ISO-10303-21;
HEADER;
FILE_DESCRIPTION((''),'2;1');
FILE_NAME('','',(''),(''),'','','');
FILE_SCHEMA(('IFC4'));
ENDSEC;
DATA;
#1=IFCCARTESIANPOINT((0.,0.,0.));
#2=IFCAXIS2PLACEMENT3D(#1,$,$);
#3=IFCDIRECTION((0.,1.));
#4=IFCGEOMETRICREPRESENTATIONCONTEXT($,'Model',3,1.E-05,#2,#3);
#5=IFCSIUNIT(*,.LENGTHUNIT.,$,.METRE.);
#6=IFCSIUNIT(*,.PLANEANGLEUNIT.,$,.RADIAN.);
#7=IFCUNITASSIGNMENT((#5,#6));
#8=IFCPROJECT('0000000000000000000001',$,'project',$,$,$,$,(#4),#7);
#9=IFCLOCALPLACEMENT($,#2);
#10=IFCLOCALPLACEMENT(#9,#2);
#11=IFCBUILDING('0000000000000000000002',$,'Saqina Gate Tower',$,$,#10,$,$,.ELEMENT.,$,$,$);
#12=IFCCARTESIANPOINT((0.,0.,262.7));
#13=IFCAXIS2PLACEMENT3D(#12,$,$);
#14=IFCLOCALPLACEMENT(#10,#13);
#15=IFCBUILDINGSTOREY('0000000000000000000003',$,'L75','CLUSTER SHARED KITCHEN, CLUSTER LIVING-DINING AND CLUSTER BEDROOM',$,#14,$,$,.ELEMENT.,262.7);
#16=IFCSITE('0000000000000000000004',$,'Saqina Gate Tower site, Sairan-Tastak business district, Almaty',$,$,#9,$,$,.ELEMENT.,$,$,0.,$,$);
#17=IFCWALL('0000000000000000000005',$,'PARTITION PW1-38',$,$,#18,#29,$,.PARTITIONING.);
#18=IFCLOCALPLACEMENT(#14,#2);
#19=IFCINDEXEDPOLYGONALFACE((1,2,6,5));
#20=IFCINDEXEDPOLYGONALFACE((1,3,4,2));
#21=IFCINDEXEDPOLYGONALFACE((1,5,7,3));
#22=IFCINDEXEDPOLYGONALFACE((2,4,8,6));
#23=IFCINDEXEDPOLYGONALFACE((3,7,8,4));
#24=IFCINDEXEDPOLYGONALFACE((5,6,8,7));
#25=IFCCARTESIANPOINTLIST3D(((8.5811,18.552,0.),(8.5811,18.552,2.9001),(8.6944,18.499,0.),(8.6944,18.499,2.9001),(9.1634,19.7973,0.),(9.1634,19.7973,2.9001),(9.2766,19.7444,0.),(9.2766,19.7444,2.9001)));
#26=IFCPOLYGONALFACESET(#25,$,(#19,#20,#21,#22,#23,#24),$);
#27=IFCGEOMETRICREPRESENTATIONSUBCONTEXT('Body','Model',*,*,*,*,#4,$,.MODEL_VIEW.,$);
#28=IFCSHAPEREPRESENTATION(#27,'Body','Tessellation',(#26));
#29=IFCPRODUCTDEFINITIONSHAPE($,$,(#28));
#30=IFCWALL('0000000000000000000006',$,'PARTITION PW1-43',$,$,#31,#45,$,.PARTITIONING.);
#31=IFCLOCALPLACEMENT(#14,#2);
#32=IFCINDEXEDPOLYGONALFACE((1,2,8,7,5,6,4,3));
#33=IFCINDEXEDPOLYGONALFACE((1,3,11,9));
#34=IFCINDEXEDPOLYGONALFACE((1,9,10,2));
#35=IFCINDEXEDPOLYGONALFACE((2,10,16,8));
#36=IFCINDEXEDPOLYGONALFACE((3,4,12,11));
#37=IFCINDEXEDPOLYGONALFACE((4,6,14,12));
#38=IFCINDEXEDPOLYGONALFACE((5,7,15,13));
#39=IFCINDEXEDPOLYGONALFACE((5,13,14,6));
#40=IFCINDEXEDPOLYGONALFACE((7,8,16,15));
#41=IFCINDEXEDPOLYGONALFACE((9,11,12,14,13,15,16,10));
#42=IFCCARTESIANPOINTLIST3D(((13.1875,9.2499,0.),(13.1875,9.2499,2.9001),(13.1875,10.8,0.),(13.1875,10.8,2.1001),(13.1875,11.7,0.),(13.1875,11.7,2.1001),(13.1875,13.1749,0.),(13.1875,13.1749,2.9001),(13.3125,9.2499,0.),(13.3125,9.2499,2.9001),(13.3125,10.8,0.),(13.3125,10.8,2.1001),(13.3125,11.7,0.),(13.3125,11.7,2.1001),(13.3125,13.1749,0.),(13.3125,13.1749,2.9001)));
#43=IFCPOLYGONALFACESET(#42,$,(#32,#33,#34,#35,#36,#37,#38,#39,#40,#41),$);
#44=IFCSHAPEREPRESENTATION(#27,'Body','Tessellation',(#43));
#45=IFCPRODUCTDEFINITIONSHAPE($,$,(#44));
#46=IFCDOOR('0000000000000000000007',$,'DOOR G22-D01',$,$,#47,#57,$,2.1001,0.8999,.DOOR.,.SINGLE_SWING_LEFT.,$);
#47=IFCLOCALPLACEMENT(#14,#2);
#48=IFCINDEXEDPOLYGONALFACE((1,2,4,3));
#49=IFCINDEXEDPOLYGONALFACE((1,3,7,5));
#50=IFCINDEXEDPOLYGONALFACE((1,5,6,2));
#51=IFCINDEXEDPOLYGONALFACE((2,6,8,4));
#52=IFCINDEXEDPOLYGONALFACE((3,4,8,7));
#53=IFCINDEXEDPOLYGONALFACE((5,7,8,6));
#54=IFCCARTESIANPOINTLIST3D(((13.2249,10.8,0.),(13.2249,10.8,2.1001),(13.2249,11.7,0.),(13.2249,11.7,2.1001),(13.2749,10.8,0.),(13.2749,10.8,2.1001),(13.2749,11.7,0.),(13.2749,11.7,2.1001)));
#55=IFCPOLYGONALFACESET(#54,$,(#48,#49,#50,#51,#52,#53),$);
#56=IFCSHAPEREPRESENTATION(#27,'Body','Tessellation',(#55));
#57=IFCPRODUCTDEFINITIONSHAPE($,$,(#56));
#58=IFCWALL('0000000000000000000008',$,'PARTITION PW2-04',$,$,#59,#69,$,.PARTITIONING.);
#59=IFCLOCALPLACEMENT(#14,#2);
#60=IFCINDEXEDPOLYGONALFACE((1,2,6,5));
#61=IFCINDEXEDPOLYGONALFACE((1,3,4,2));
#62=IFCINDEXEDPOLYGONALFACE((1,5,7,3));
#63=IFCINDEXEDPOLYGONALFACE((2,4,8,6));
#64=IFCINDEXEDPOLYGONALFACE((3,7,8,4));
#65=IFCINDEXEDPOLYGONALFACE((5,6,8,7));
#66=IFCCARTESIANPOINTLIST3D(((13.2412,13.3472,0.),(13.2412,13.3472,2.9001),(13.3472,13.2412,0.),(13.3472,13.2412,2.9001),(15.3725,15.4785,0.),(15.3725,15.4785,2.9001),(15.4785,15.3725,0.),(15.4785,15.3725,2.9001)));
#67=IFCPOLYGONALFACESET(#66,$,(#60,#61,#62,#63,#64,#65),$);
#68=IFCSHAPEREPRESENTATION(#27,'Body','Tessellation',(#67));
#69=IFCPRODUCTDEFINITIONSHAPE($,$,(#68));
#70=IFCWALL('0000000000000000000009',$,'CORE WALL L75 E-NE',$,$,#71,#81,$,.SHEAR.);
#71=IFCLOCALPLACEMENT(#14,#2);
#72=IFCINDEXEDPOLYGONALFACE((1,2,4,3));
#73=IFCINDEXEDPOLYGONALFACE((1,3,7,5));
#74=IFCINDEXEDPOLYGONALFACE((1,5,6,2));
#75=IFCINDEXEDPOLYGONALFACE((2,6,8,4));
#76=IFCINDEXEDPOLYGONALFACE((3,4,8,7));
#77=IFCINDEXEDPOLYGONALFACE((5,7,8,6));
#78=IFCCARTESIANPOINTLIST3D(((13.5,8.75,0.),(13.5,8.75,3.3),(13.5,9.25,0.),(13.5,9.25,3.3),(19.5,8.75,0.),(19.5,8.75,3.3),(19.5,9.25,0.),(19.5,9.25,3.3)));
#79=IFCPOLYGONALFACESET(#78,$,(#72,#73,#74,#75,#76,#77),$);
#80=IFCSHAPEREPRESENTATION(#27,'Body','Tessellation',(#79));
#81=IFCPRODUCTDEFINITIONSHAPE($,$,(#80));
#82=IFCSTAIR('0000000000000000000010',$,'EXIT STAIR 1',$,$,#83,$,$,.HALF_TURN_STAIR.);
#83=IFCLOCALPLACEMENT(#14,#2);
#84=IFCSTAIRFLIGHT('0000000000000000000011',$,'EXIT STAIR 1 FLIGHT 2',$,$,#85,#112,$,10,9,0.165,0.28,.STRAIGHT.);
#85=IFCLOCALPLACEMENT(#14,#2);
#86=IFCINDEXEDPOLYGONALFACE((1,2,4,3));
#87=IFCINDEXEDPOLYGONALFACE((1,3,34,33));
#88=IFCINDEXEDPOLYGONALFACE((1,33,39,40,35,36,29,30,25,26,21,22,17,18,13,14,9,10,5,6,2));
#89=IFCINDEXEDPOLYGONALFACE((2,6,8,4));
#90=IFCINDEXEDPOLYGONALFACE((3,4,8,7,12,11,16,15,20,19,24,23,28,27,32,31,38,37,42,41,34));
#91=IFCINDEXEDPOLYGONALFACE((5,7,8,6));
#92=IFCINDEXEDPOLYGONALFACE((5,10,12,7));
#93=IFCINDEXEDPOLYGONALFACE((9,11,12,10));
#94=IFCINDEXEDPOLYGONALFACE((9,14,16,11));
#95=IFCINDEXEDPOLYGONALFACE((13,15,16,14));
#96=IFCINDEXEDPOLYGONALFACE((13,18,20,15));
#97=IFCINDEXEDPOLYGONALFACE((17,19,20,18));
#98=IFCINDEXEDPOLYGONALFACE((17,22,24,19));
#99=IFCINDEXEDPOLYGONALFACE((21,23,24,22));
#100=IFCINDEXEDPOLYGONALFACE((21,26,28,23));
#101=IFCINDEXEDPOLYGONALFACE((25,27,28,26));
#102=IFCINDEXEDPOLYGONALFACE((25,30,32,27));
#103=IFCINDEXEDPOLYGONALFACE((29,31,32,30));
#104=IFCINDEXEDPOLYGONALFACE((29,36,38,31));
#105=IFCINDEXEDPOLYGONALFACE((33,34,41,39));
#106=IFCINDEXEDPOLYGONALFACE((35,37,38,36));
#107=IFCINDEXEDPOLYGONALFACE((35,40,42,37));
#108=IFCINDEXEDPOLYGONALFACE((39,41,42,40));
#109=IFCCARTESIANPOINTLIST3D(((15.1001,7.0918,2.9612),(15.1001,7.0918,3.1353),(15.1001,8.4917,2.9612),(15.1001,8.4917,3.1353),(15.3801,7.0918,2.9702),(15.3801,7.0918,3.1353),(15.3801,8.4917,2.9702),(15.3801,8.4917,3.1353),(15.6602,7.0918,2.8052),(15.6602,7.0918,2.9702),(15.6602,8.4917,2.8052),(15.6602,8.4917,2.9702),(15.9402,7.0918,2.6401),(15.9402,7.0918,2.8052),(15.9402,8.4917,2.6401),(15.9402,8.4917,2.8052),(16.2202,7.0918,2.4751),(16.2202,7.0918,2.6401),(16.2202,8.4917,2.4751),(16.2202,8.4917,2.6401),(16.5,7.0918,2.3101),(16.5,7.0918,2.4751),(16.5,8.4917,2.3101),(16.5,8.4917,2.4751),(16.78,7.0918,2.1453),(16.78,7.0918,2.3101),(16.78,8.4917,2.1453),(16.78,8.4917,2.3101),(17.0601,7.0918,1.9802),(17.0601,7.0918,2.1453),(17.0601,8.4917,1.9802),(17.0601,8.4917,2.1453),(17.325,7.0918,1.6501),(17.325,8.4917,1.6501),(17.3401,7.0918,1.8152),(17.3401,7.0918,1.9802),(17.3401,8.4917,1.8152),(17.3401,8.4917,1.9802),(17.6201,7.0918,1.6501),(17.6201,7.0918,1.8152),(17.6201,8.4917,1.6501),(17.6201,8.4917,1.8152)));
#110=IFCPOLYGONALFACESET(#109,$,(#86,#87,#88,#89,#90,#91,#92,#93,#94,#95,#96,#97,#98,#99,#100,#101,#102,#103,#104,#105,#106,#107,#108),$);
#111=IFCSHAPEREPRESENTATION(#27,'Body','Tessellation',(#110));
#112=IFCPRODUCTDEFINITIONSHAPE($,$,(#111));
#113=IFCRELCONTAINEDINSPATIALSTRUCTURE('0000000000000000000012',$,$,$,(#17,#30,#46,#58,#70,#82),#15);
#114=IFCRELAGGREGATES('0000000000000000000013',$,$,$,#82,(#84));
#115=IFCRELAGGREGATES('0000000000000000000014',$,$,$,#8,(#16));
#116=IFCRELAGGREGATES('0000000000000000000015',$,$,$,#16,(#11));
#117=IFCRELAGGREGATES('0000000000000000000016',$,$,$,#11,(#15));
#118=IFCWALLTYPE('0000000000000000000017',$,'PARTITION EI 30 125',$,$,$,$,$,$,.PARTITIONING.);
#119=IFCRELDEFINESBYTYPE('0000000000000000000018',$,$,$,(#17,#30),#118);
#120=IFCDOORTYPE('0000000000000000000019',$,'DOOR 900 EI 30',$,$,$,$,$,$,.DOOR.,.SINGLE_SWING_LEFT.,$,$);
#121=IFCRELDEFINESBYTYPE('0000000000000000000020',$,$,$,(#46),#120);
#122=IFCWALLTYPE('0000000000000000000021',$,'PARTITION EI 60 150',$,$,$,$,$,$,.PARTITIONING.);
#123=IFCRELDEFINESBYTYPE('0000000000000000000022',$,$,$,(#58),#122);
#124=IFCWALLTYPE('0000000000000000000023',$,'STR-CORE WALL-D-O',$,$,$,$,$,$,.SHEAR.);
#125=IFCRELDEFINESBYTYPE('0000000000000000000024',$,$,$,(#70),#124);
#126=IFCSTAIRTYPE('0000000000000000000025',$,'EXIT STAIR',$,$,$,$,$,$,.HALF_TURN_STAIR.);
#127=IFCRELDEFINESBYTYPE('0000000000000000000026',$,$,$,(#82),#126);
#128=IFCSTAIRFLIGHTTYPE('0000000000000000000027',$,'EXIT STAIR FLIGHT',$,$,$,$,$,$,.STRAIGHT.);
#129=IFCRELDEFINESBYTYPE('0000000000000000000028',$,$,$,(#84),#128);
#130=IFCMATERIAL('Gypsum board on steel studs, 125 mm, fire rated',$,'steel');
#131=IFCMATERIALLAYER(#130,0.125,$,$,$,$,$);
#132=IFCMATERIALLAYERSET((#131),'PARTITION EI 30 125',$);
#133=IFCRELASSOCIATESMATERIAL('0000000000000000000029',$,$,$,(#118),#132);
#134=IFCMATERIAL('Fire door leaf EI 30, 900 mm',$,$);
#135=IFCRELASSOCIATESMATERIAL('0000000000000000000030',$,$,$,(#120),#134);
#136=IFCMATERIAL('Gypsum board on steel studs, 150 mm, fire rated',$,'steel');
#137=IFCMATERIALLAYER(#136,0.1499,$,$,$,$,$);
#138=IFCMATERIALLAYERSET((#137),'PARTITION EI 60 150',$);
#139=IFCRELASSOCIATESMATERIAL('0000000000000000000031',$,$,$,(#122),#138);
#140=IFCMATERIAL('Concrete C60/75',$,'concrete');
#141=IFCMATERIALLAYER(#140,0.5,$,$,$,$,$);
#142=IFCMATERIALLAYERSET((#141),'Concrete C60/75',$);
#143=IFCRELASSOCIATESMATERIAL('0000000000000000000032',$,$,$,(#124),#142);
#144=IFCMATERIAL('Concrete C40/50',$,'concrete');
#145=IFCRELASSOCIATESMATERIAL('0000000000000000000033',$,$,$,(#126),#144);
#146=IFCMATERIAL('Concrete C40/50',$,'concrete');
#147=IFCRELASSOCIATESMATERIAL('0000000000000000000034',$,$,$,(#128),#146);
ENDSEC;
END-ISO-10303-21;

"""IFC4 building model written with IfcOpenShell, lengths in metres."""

from ifc_helpers import new_model, si_unit, direction, frame, frame_2d, origin, place, context, subcontext, project, spatial, polyline, rectangle, outline, extrude, material, layer, layer_set, type_object, element, fill, aggregate, save


model = new_model("IFC4")

# Units and contexts
model_context = context("Model", 3, precision=1e-05, world=origin(), true_north=direction((0.0, 1.0)))
body_context = subcontext(model_context, "Body", "Model", "MODEL_VIEW")
ifc_project = project(units=[si_unit("LENGTHUNIT", "METRE"), si_unit("PLANEANGLEUNIT", "RADIAN")], contexts=[model_context])

# Site, building, storey
site_placement = place(None, origin())
site = spatial("IfcSite", under=ifc_project, at=site_placement, Name="Saqina Gate Tower site, Sairan-Tastak business district, Almaty", CompositionType="ELEMENT", RefElevation=0.0)
building_placement = place(site_placement, origin())
building = spatial("IfcBuilding", under=site, at=building_placement, Name="Saqina Gate Tower", CompositionType="ELEMENT")
storey_placement = place(building_placement, frame((0.0, 0.0, 262.7)))
storey = spatial("IfcBuildingStorey", under=building, at=storey_placement, Name="L75", Description="CLUSTER SHARED KITCHEN, CLUSTER LIVING-DINING AND CLUSTER BEDROOM", CompositionType="ELEMENT", Elevation=262.7)

# Shared definitions
ifc_material_1 = material(Name="Gypsum board on steel studs, 125 mm, fire rated", Category="steel")
ifc_layer_1 = layer(ifc_material_1, 0.125)
ifc_layer_set_1 = layer_set([ifc_layer_1], Name="PARTITION EI 30 125")
wall_type_1 = type_object("IfcWallType", Name="PARTITION EI 30 125", PredefinedType="PARTITIONING", material=ifc_layer_set_1)

# Shared definitions
ifc_material_2 = material(Name="Fire door leaf EI 30, 900 mm")
door_type_1 = type_object("IfcDoorType", Name="DOOR 900 EI 30", OperationType="SINGLE_SWING_LEFT", PredefinedType="DOOR", material=ifc_material_2)

# Wall
wall_1_placement = place(storey_placement, frame((8.6377, 18.5254, 0.0), z_axis=(0.0, 0.0, 1.0), x_axis=(0.423546, 0.905874, 0.0)))
element("IfcWall", 1, at=wall_1_placement, inside=storey, type_object=wall_type_1, Name="PARTITION PW1-38", PredefinedType="PARTITIONING", context=body_context, shape_type="SweptSolid", body=[
    extrude(rectangle(XDim=1.3748, YDim=0.125, at=frame_2d((0.6875, 0.0))), origin(), (0.0, 0.0, 1.0), 2.9001),
])

# Wall, opening, door
wall_2_placement = place(storey_placement, frame((13.25, 9.25, 0.0), z_axis=(0.0, 0.0, 1.0), x_axis=(0.0, 1.0, 0.0)))
wall_2 = element("IfcWall", 2, at=wall_2_placement, inside=storey, type_object=wall_type_1, Name="PARTITION PW1-43", PredefinedType="PARTITIONING", context=body_context, shape_type="SweptSolid", body=[
    extrude(rectangle(XDim=3.925, YDim=0.125, at=frame_2d((1.9624, 0.0))), origin(), (0.0, 0.0, 1.0), 2.9001),
])
opening_1_placement = place(wall_2_placement, frame((1.55, 0.0, 0.0)))
opening_1 = element("IfcOpeningElement", 3, at=opening_1_placement, cuts=wall_2, PredefinedType="OPENING", context=body_context, shape_type="SweptSolid", body=[
    extrude(rectangle(XDim=0.8999, YDim=2.1001, at=frame_2d((0.45, 1.05))), frame((0.0, 0.0745, 0.0), z_axis=(0.0, -1.0, 0.0), x_axis=(1.0, 0.0, 0.0)), (0.0, 0.0, 1.0), 0.1489),
])
door_1_placement = place(opening_1_placement, frame((0.8999, 0.0, 0.0), z_axis=(0.0, 0.0, 1.0), x_axis=(-1.0, 0.0, 0.0)))
door_1 = element("IfcDoor", 4, at=door_1_placement, inside=storey, type_object=door_type_1, Name="DOOR G22-D01", OperationType="SINGLE_SWING_LEFT", OverallHeight=2.1001, OverallWidth=0.8999, PredefinedType="DOOR", context=body_context, shape_type="SweptSolid", body=[
    extrude(rectangle(XDim=0.8999, YDim=2.1001, at=frame_2d((0.45, 1.05))), frame((0.0, 0.0249, 0.0), z_axis=(0.0, -1.0, 0.0), x_axis=(1.0, 0.0, 0.0)), (0.0, 0.0, 1.0), 0.05),
])
fill(opening_1, door_1)

# Walls
ifc_material_3 = material(Name="Gypsum board on steel studs, 150 mm, fire rated", Category="steel")
ifc_layer_2 = layer(ifc_material_3, 0.1499)
ifc_layer_set_2 = layer_set([ifc_layer_2], Name="PARTITION EI 60 150")
wall_type_2 = type_object("IfcWallType", Name="PARTITION EI 60 150", PredefinedType="PARTITIONING", material=ifc_layer_set_2)
wall_3_placement = place(storey_placement, frame((13.2942, 13.2942, 0.0), z_axis=(0.0, 0.0, 1.0), x_axis=(0.707107, 0.707107, 0.0)))
element("IfcWall", 5, at=wall_3_placement, inside=storey, type_object=wall_type_2, Name="PARTITION PW2-04", PredefinedType="PARTITIONING", context=body_context, shape_type="SweptSolid", body=[
    extrude(rectangle(XDim=3.0142, YDim=0.1499, at=frame_2d((1.5071, 0.0))), origin(), (0.0, 0.0, 1.0), 2.9001),
])
ifc_material_4 = material(Name="Concrete C60/75", Category="concrete")
ifc_layer_3 = layer(ifc_material_4, 0.5)
ifc_layer_set_3 = layer_set([ifc_layer_3], Name="Concrete C60/75")
wall_type_3 = type_object("IfcWallType", Name="STR-CORE WALL-D-O", PredefinedType="SHEAR", material=ifc_layer_set_3)
wall_4_placement = place(storey_placement, frame((13.5, 9.0, 0.0), z_axis=(0.0, 0.0, 1.0), x_axis=(1.0, 0.0, 0.0)))
element("IfcWall", 6, at=wall_4_placement, inside=storey, type_object=wall_type_3, Name="CORE WALL L75 E-NE", PredefinedType="SHEAR", context=body_context, shape_type="SweptSolid", body=[
    extrude(rectangle(XDim=6.0, YDim=0.5, at=frame_2d((3.0, 0.0))), origin(), (0.0, 0.0, 1.0), 3.3),
])

# Stair, stair flight
ifc_material_5 = material(Name="Concrete C40/50", Category="concrete")
stair_type = type_object("IfcStairType", Name="EXIT STAIR", PredefinedType="HALF_TURN_STAIR", material=ifc_material_5)
stair_placement = place(storey_placement, origin())
stair = element("IfcStair", 7, at=stair_placement, inside=storey, type_object=stair_type, Name="EXIT STAIR 1", PredefinedType="HALF_TURN_STAIR")
ifc_material_6 = material(Name="Concrete C40/50", Category="concrete")
stair_flight_type = type_object("IfcStairFlightType", Name="EXIT STAIR FLIGHT", PredefinedType="STRAIGHT", material=ifc_material_6)
stair_flight_placement = place(storey_placement, frame((17.6201, 7.7917, 1.6501), z_axis=(0.0, 0.0, 1.0), x_axis=(-1.0, 0.0, 0.0)))
stair_flight = element("IfcStairFlight", 8, at=stair_flight_placement, type_object=stair_flight_type, Name="EXIT STAIR 1 FLIGHT 2", NumberOfRisers=10, NumberOfTreads=9, PredefinedType="STRAIGHT", RiserHeight=0.165, TreadLength=0.28, context=body_context, shape_type="SweptSolid", body=[
    extrude(outline(polyline([(0.0, 0.0), (0.0, 0.165), (0.28, 0.165), (0.28, 0.3301), (0.5601, 0.3301), (0.5601, 0.4951), (0.8401, 0.4951), (0.8401, 0.6599), (1.1201, 0.6599), (1.1201, 0.825), (1.3999, 0.825), (1.3999, 0.99), (1.6799, 0.99), (1.6799, 1.155), (1.96, 1.155), (1.96, 1.3201), (2.24, 1.3201), (2.24, 1.4851), (2.52, 1.4851), (2.52, 1.6499), (2.52, 1.311), (0.2952, 0.0), (0.0, 0.0)])), frame((0.0, 0.7, 0.0), z_axis=(0.0, -1.0, 0.0), x_axis=(1.0, 0.0, 0.0)), (0.0, 0.0, 1.0), 1.3999),
])
aggregate(stair, [stair_flight])

save(model, "model.ifc")
